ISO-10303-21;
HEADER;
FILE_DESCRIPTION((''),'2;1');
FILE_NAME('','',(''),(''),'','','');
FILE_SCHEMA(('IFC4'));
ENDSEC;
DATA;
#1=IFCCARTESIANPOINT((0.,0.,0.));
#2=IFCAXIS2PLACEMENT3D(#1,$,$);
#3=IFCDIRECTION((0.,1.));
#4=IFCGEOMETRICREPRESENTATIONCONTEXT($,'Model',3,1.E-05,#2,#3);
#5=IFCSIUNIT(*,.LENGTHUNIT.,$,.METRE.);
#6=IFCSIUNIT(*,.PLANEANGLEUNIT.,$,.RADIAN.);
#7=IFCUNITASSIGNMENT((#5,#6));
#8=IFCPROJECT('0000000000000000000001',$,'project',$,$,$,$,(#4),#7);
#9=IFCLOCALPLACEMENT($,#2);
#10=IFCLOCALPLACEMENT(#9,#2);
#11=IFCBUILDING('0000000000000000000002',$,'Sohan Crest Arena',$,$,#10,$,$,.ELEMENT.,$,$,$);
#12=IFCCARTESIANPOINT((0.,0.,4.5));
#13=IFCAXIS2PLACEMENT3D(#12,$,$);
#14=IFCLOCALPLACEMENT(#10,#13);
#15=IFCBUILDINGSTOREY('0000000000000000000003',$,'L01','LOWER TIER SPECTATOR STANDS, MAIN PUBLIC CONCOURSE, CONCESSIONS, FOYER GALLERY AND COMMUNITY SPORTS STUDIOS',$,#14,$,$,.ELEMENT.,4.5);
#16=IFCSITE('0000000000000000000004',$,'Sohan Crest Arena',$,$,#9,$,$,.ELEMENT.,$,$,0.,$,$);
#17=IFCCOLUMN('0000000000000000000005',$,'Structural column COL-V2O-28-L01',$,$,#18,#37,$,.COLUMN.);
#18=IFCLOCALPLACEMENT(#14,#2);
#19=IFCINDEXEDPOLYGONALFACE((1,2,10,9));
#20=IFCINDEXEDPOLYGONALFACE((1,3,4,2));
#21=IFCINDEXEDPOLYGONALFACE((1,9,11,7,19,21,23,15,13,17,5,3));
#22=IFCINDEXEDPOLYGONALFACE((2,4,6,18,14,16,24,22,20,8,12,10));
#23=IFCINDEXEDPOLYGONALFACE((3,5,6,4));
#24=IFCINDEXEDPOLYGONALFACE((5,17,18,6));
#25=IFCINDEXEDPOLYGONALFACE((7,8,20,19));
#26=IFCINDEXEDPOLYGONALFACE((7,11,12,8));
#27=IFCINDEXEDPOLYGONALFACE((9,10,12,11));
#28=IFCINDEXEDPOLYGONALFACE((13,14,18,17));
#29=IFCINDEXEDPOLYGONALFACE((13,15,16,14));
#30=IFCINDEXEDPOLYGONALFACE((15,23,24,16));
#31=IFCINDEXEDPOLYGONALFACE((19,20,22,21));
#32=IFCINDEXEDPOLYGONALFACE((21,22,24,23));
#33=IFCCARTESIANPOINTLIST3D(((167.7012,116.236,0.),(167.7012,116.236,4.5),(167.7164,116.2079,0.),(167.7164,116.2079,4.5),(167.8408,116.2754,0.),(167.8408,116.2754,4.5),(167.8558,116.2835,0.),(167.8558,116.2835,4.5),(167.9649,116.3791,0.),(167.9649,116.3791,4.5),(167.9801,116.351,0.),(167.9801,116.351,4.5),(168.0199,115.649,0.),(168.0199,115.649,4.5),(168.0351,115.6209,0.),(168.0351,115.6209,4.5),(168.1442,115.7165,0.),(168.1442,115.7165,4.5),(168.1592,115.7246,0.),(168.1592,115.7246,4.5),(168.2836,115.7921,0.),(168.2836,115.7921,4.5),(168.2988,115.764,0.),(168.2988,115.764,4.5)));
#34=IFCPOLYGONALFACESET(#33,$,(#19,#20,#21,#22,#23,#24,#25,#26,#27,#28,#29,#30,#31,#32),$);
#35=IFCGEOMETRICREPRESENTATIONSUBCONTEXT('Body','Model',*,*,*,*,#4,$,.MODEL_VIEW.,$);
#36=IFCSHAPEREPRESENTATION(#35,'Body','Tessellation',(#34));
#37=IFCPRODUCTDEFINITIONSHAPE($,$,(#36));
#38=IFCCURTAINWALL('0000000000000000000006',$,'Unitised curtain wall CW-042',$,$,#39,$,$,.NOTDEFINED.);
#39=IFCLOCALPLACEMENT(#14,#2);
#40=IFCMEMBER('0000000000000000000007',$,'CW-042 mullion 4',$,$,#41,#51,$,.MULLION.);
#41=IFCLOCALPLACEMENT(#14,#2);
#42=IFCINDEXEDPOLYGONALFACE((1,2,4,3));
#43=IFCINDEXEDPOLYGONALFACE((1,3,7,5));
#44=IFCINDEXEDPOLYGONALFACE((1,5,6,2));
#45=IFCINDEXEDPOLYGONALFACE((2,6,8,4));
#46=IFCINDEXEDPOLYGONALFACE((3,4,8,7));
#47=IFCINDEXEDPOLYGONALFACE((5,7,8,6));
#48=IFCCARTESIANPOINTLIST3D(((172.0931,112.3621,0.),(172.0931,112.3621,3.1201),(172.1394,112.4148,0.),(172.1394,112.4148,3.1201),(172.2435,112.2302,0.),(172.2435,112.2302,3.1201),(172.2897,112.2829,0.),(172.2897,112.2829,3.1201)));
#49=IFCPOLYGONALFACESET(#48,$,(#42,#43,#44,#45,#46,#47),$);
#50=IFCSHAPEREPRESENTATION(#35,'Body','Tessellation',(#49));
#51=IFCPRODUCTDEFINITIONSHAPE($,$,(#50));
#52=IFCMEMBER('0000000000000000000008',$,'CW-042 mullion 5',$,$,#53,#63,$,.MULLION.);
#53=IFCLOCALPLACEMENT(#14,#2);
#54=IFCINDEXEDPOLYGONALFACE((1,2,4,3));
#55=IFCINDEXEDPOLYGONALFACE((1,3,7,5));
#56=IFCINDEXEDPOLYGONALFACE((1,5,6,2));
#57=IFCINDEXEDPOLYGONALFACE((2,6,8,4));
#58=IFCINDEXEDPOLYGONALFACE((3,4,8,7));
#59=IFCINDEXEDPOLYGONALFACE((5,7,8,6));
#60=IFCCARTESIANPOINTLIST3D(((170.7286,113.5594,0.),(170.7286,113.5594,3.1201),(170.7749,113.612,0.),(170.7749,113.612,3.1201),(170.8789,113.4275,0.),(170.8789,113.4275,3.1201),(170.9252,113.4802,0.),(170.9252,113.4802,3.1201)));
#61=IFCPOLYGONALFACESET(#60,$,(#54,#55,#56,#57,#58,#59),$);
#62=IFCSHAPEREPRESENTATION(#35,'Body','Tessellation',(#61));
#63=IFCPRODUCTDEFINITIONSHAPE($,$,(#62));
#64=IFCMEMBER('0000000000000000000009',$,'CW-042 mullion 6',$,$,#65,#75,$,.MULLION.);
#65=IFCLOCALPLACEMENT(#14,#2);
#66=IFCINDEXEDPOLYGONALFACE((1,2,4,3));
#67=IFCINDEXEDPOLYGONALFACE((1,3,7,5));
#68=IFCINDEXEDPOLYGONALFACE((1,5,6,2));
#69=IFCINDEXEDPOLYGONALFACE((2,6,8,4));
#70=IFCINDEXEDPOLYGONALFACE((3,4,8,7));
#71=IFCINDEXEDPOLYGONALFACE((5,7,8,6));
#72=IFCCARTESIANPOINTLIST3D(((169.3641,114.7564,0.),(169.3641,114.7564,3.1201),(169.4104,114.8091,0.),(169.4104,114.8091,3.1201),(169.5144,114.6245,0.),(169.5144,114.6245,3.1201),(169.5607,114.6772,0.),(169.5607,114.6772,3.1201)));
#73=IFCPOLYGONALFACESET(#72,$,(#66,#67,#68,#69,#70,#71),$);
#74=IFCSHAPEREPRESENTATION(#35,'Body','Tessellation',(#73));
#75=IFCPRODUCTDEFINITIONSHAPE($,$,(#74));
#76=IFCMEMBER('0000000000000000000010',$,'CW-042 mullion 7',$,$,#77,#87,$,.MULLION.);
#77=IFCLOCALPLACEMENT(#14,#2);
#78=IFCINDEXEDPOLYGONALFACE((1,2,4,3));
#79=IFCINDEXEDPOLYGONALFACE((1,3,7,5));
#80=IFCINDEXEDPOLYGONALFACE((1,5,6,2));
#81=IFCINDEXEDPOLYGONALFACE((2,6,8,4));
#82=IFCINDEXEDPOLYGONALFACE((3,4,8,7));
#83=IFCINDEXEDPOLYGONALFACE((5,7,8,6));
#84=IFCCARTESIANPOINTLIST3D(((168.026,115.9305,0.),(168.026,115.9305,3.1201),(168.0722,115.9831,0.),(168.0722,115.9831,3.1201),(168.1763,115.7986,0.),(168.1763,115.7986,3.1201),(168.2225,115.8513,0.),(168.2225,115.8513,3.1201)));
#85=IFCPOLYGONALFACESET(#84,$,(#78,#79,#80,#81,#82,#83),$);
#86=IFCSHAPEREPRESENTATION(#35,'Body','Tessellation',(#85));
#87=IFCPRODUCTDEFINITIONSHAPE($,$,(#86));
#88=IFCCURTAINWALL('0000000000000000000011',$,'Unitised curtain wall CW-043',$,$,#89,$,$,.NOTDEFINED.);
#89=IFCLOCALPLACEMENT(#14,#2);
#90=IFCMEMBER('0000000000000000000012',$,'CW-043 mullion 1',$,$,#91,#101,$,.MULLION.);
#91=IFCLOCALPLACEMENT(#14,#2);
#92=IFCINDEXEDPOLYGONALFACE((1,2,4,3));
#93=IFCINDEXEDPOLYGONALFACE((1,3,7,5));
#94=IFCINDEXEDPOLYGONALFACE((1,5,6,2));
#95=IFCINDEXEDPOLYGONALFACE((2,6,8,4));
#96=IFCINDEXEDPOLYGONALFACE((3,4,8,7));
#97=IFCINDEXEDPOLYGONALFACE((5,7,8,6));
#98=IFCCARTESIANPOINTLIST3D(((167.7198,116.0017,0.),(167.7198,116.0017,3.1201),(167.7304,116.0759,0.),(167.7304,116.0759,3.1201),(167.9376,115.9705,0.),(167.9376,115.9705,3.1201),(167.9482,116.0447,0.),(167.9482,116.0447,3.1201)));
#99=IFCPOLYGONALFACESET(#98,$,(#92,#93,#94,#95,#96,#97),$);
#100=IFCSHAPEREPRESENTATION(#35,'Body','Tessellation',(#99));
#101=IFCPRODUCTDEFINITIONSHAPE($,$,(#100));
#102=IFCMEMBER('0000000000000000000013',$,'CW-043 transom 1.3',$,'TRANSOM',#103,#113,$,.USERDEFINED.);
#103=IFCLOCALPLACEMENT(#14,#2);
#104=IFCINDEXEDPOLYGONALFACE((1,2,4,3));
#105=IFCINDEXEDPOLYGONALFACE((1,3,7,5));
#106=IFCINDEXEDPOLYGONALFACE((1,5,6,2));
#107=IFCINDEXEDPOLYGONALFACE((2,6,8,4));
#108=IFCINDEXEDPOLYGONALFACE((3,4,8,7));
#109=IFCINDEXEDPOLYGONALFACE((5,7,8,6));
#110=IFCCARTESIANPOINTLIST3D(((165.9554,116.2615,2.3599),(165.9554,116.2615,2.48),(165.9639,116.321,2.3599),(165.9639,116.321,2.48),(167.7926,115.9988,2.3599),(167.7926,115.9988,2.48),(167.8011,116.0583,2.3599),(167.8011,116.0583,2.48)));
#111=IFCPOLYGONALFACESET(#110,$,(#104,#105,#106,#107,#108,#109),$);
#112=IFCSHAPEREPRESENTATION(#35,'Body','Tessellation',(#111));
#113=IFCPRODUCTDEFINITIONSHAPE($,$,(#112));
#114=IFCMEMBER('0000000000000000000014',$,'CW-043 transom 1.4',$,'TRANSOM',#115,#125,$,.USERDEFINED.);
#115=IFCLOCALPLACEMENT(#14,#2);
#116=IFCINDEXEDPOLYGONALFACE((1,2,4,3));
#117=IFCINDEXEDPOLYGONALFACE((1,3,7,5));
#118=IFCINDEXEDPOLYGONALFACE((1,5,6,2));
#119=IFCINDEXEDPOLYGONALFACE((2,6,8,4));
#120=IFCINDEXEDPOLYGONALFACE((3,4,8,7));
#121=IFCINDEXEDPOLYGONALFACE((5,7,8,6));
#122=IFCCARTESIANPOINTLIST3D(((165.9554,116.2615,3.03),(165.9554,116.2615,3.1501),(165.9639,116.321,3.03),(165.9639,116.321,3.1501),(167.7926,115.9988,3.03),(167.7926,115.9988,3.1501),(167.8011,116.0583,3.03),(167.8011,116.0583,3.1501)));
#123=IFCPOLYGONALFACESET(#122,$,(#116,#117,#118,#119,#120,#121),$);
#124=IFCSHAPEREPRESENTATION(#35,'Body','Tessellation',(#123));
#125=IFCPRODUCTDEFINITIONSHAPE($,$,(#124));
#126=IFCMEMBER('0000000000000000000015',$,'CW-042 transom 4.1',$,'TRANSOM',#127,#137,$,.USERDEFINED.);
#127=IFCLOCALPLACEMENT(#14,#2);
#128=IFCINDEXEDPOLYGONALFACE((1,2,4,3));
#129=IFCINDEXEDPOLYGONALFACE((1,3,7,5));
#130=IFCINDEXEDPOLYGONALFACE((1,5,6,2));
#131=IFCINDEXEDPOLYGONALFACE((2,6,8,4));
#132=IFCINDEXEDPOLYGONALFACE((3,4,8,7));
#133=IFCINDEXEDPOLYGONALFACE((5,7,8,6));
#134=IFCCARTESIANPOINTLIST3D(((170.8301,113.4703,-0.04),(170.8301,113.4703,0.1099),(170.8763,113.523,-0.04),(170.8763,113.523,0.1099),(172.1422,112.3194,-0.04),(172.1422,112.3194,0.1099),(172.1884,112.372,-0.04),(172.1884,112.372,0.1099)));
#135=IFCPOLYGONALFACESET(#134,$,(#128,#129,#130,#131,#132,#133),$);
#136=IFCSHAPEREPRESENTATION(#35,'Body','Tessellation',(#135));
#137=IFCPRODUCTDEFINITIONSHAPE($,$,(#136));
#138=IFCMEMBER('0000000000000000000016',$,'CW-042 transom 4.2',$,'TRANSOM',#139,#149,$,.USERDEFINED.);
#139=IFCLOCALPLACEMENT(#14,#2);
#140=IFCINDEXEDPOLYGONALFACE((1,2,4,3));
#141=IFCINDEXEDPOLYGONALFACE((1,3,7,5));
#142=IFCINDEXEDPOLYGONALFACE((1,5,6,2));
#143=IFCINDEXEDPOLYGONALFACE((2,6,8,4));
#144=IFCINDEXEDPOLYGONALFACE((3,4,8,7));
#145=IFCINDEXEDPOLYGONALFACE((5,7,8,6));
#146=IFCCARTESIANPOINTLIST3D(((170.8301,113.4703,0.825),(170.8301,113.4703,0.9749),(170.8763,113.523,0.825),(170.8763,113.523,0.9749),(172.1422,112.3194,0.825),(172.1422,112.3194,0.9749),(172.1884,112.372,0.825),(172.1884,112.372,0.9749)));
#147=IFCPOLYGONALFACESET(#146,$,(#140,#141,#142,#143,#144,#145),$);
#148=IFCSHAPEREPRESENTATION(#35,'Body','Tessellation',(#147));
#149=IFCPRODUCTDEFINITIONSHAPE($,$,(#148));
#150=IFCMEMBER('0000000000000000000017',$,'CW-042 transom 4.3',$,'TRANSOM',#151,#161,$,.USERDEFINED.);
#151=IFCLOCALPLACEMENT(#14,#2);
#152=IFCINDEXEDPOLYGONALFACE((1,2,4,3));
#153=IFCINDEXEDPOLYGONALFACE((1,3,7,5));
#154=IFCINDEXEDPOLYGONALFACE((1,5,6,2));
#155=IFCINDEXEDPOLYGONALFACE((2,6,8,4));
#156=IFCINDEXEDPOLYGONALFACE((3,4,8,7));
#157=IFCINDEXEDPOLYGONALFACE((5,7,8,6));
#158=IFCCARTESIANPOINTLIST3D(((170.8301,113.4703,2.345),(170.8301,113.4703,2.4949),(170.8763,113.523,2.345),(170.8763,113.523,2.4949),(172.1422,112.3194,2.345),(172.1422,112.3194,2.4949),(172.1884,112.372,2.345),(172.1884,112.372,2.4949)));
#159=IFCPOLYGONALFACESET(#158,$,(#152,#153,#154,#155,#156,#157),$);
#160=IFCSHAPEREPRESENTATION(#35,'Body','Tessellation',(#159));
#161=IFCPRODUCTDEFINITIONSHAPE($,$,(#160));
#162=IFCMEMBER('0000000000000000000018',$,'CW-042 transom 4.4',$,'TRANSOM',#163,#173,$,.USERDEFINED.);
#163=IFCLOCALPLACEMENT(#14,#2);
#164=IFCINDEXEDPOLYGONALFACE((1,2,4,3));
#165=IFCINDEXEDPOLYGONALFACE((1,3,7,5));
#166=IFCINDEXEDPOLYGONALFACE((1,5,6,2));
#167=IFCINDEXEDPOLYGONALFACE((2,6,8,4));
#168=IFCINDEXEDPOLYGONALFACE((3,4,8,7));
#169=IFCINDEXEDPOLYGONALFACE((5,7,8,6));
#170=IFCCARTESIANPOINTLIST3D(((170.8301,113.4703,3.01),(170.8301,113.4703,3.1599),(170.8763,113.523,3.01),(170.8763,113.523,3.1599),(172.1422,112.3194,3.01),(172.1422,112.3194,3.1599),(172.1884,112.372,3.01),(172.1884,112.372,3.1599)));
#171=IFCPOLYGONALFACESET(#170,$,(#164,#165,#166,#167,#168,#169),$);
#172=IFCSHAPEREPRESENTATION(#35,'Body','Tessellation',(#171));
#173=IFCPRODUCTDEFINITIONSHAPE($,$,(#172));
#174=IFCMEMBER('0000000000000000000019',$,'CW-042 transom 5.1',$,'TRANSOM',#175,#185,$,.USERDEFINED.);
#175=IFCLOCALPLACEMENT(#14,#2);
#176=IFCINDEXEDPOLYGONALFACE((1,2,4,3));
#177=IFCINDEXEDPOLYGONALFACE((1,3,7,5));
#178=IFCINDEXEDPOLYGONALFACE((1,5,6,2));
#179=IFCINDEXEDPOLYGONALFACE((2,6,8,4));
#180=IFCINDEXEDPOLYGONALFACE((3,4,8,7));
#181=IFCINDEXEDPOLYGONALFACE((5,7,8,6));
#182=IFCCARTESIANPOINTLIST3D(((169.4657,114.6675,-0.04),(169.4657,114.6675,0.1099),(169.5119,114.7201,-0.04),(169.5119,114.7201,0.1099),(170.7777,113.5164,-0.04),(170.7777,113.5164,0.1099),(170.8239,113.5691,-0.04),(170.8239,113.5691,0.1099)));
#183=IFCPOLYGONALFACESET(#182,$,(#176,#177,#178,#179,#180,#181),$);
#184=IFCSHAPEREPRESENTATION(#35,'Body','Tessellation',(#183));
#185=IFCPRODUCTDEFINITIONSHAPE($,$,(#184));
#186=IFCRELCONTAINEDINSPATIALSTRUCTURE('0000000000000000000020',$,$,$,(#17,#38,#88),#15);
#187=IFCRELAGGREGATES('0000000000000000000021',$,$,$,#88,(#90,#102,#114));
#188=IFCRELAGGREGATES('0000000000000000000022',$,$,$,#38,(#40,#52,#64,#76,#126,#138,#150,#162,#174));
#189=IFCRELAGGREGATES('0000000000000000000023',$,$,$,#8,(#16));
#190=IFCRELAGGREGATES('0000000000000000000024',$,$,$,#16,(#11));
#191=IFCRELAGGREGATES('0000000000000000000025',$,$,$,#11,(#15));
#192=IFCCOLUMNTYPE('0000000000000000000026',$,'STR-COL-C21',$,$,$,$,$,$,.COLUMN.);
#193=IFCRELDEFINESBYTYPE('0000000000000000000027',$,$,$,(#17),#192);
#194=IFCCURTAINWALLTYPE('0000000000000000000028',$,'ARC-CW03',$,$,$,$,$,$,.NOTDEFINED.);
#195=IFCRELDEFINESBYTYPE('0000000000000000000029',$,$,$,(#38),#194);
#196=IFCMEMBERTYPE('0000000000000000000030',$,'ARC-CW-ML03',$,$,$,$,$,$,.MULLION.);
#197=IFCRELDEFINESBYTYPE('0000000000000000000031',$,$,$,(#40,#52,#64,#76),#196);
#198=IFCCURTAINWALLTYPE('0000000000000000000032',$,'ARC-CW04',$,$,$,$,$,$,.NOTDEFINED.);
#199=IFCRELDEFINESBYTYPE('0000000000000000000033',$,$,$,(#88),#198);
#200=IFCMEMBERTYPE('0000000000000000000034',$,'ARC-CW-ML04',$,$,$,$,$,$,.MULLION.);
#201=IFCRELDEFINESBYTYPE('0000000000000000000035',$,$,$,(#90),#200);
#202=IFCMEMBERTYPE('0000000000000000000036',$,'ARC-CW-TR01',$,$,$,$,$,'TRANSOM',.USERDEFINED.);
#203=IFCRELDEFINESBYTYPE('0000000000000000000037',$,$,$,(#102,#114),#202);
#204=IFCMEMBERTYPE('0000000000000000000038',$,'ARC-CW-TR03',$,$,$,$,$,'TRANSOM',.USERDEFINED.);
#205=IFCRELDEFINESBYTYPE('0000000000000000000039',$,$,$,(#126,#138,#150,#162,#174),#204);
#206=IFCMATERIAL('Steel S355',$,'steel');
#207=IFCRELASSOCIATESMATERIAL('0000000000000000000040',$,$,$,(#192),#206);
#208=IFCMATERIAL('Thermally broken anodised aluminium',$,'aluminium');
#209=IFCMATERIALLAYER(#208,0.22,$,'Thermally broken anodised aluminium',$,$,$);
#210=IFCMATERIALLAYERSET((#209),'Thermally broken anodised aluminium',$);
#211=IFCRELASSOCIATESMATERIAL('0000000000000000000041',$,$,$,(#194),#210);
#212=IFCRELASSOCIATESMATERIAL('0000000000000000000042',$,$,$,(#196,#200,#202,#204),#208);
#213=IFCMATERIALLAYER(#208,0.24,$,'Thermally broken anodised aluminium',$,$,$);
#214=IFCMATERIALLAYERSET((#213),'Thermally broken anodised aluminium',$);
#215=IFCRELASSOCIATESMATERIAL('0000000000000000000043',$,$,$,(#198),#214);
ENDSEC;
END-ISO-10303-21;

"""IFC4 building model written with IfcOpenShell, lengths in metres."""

from ifc_helpers import new_model, si_unit, direction, frame, origin, origin_2d, place, context, subcontext, project, spatial, rectangle, i_section, extrude, material, layer, layer_set, material_profile, profile_set, type_object, element, aggregate, save


model = new_model("IFC4")

# Units and contexts
model_context = context("Model", 3, precision=1e-05, world=origin(), true_north=direction((0.0, 1.0)))
body_context = subcontext(model_context, "Body", "Model", "MODEL_VIEW")
ifc_project = project(units=[si_unit("LENGTHUNIT", "METRE"), si_unit("PLANEANGLEUNIT", "RADIAN")], contexts=[model_context])

# Site, building, storey
site_placement = place(None, origin())
site = spatial("IfcSite", under=ifc_project, at=site_placement, Name="Sohan Crest Arena", CompositionType="ELEMENT", RefElevation=0.0)
building_placement = place(site_placement, origin())
building = spatial("IfcBuilding", under=site, at=building_placement, Name="Sohan Crest Arena", CompositionType="ELEMENT")
storey_placement = place(building_placement, frame((0.0, 0.0, 4.5)))
storey = spatial("IfcBuildingStorey", under=building, at=storey_placement, Name="L01", Description="LOWER TIER SPECTATOR STANDS, MAIN PUBLIC CONCOURSE, CONCESSIONS, FOYER GALLERY AND COMMUNITY SPORTS STUDIOS", CompositionType="ELEMENT", Elevation=4.5)

# Column
ifc_material_1 = material(Name="Steel S355", Category="steel")
ifc_material_profile_1 = material_profile(ifc_material_1, i_section(OverallWidth=0.3, OverallDepth=0.7, WebThickness=0.0171, FlangeThickness=0.032, at=origin_2d()), Name="HEB 700")
ifc_profile_set_1 = profile_set([ifc_material_profile_1], Name="Steel S355")
column_type = type_object("IfcColumnType", Name="STR-COL-C21", PredefinedType="COLUMN", material=ifc_profile_set_1)
column_placement = place(storey_placement, frame((168.0, 116.0, 0.0), z_axis=(0.0, 0.0, 1.0), x_axis=(0.878817, 0.477159, 0.0)))
element("IfcColumn", 1, at=column_placement, inside=storey, type_object=column_type, Name="Structural column COL-V2O-28-L01", PredefinedType="COLUMN", context=body_context, shape_type="SweptSolid", body=[
    extrude(i_section(OverallWidth=0.3, OverallDepth=0.7, WebThickness=0.0171, FlangeThickness=0.032, at=origin_2d()), origin(), (0.0, 0.0, 1.0), 4.5),
])

# Curtain walls, members
ifc_material_2 = material(Name="Thermally broken anodised aluminium", Category="aluminium")
ifc_layer_1 = layer(ifc_material_2, 0.22, Name="Thermally broken anodised aluminium")
ifc_layer_set_1 = layer_set([ifc_layer_1], Name="Thermally broken anodised aluminium")
curtain_wall_type_1 = type_object("IfcCurtainWallType", Name="ARC-CW03", PredefinedType="NOTDEFINED", material=ifc_layer_set_1)
curtain_wall_1_placement = place(storey_placement, origin())
curtain_wall_1 = element("IfcCurtainWall", 2, at=curtain_wall_1_placement, inside=storey, type_object=curtain_wall_type_1, Name="Unitised curtain wall CW-042", PredefinedType="NOTDEFINED")
ifc_material_profile_2 = material_profile(ifc_material_2, rectangle(XDim=0.0701, YDim=0.2, at=origin_2d()), Name="ALU-MULL 70x200")
ifc_profile_set_2 = profile_set([ifc_material_profile_2], Name="Thermally broken anodised aluminium")
member_type_1 = type_object("IfcMemberType", Name="ARC-CW-ML03", PredefinedType="MULLION", material=ifc_profile_set_2)
member_1_placement = place(storey_placement, frame((172.1914, 112.3225, 0.0), z_axis=(0.0, 0.0, 1.0), x_axis=(-0.659512, -0.751694, 0.0)))
member_1 = element("IfcMember", 3, at=member_1_placement, type_object=member_type_1, Name="CW-042 mullion 4", PredefinedType="MULLION", context=body_context, shape_type="SweptSolid", body=[
    extrude(rectangle(XDim=0.0701, YDim=0.2, at=origin_2d()), origin(), (0.0, 0.0, 1.0), 3.1201),
])
member_2_placement = place(storey_placement, frame((170.8269, 113.5198, 0.0), z_axis=(0.0, 0.0, 1.0), x_axis=(-0.659512, -0.751694, 0.0)))
member_2 = element("IfcMember", 4, at=member_2_placement, type_object=member_type_1, Name="CW-042 mullion 5", PredefinedType="MULLION", context=body_context, shape_type="SweptSolid", body=[
    extrude(rectangle(XDim=0.0701, YDim=0.2, at=origin_2d()), origin(), (0.0, 0.0, 1.0), 3.1201),
])
member_3_placement = place(storey_placement, frame((169.4624, 114.7168, 0.0), z_axis=(0.0, 0.0, 1.0), x_axis=(-0.659512, -0.751694, 0.0)))
member_3 = element("IfcMember", 5, at=member_3_placement, type_object=member_type_1, Name="CW-042 mullion 6", PredefinedType="MULLION", context=body_context, shape_type="SweptSolid", body=[
    extrude(rectangle(XDim=0.0701, YDim=0.2, at=origin_2d()), origin(), (0.0, 0.0, 1.0), 3.1201),
])
member_4_placement = place(storey_placement, frame((168.1243, 115.8909, 0.0), z_axis=(0.0, 0.0, 1.0), x_axis=(-0.659512, -0.751694, 0.0)))
member_4 = element("IfcMember", 6, at=member_4_placement, type_object=member_type_1, Name="CW-042 mullion 7", PredefinedType="MULLION", context=body_context, shape_type="SweptSolid", body=[
    extrude(rectangle(XDim=0.0701, YDim=0.2, at=origin_2d()), origin(), (0.0, 0.0, 1.0), 3.1201),
])
ifc_layer_2 = layer(ifc_material_2, 0.24, Name="Thermally broken anodised aluminium")
ifc_layer_set_2 = layer_set([ifc_layer_2], Name="Thermally broken anodised aluminium")
curtain_wall_type_2 = type_object("IfcCurtainWallType", Name="ARC-CW04", PredefinedType="NOTDEFINED", material=ifc_layer_set_2)
curtain_wall_2_placement = place(storey_placement, origin())
curtain_wall_2 = element("IfcCurtainWall", 7, at=curtain_wall_2_placement, inside=storey, type_object=curtain_wall_type_2, Name="Unitised curtain wall CW-043", PredefinedType="NOTDEFINED")
ifc_material_profile_3 = material_profile(ifc_material_2, rectangle(XDim=0.075, YDim=0.22, at=origin_2d()), Name="ALU-MULL 75x220")
ifc_profile_set_3 = profile_set([ifc_material_profile_3], Name="Thermally broken anodised aluminium")
member_type_2 = type_object("IfcMemberType", Name="ARC-CW-ML04", PredefinedType="MULLION", material=ifc_profile_set_3)
member_5_placement = place(storey_placement, frame((167.834, 116.0232, 0.0), z_axis=(0.0, 0.0, 1.0), x_axis=(-0.141549, -0.989931, 0.0)))
member_5 = element("IfcMember", 8, at=member_5_placement, type_object=member_type_2, Name="CW-043 mullion 1", PredefinedType="MULLION", context=body_context, shape_type="SweptSolid", body=[
    extrude(rectangle(XDim=0.075, YDim=0.22, at=origin_2d()), origin(), (0.0, 0.0, 1.0), 3.1201),
])
ifc_material_profile_4 = material_profile(ifc_material_2, rectangle(XDim=0.0601, YDim=0.1201, at=origin_2d()), Name="ALU-TRAN 60x120")
ifc_profile_set_4 = profile_set([ifc_material_profile_4], Name="Thermally broken anodised aluminium")
member_type_3 = type_object("IfcMemberType", Name="ARC-CW-TR01", ElementType="TRANSOM", PredefinedType="USERDEFINED", material=ifc_profile_set_4)
member_6_placement = place(storey_placement, frame((167.7969, 116.0286, 2.4199), z_axis=(-0.989931, 0.14155, 0.0), x_axis=(-0.14155, -0.989931, 0.0)))
member_6 = element("IfcMember", 9, at=member_6_placement, type_object=member_type_3, Name="CW-043 transom 1.3", ObjectType="TRANSOM", PredefinedType="USERDEFINED", context=body_context, shape_type="SweptSolid", body=[
    extrude(rectangle(XDim=0.0601, YDim=0.1201, at=origin_2d()), origin(), (0.0, 0.0, 1.0), 1.856),
])
member_7_placement = place(storey_placement, frame((167.7969, 116.0286, 3.0901), z_axis=(-0.989931, 0.14155, 0.0), x_axis=(-0.14155, -0.989931, 0.0)))
member_7 = element("IfcMember", 10, at=member_7_placement, type_object=member_type_3, Name="CW-043 transom 1.4", ObjectType="TRANSOM", PredefinedType="USERDEFINED", context=body_context, shape_type="SweptSolid", body=[
    extrude(rectangle(XDim=0.0601, YDim=0.1201, at=origin_2d()), origin(), (0.0, 0.0, 1.0), 1.856),
])
aggregate(curtain_wall_2, [member_5, member_6, member_7])

# Members
ifc_material_profile_5 = material_profile(ifc_material_2, rectangle(XDim=0.0701, YDim=0.1499, at=origin_2d()), Name="ALU-TRAN 70x150")
ifc_profile_set_5 = profile_set([ifc_material_profile_5], Name="Thermally broken anodised aluminium")
member_type_4 = type_object("IfcMemberType", Name="ARC-CW-TR03", ElementType="TRANSOM", PredefinedType="USERDEFINED", material=ifc_profile_set_5)
member_8_placement = place(storey_placement, frame((172.1653, 112.3457, 0.0349), z_axis=(-0.751762, 0.659435, 0.0), x_axis=(-0.659435, -0.751762, 0.0)))
member_8 = element("IfcMember", 11, at=member_8_placement, type_object=member_type_4, Name="CW-042 transom 4.1", ObjectType="TRANSOM", PredefinedType="USERDEFINED", context=body_context, shape_type="SweptSolid", body=[
    extrude(rectangle(XDim=0.0701, YDim=0.1499, at=origin_2d()), origin(), (0.0, 0.0, 1.0), 1.7454),
])
member_9_placement = place(storey_placement, frame((172.1653, 112.3457, 0.8999), z_axis=(-0.751762, 0.659435, 0.0), x_axis=(-0.659435, -0.751762, 0.0)))
member_9 = element("IfcMember", 12, at=member_9_placement, type_object=member_type_4, Name="CW-042 transom 4.2", ObjectType="TRANSOM", PredefinedType="USERDEFINED", context=body_context, shape_type="SweptSolid", body=[
    extrude(rectangle(XDim=0.0701, YDim=0.1499, at=origin_2d()), origin(), (0.0, 0.0, 1.0), 1.7454),
])
member_10_placement = place(storey_placement, frame((172.1653, 112.3457, 2.4199), z_axis=(-0.751762, 0.659435, 0.0), x_axis=(-0.659435, -0.751762, 0.0)))
member_10 = element("IfcMember", 13, at=member_10_placement, type_object=member_type_4, Name="CW-042 transom 4.3", ObjectType="TRANSOM", PredefinedType="USERDEFINED", context=body_context, shape_type="SweptSolid", body=[
    extrude(rectangle(XDim=0.0701, YDim=0.1499, at=origin_2d()), origin(), (0.0, 0.0, 1.0), 1.7454),
])
member_11_placement = place(storey_placement, frame((172.1653, 112.3457, 3.085), z_axis=(-0.751762, 0.659435, 0.0), x_axis=(-0.659435, -0.751762, 0.0)))
member_11 = element("IfcMember", 14, at=member_11_placement, type_object=member_type_4, Name="CW-042 transom 4.4", ObjectType="TRANSOM", PredefinedType="USERDEFINED", context=body_context, shape_type="SweptSolid", body=[
    extrude(rectangle(XDim=0.0701, YDim=0.1499, at=origin_2d()), origin(), (0.0, 0.0, 1.0), 1.7454),
])
member_12_placement = place(storey_placement, frame((170.8008, 113.5427, 0.0349), z_axis=(-0.751692, 0.659514, 0.0), x_axis=(-0.659514, -0.751692, 0.0)))
member_12 = element("IfcMember", 15, at=member_12_placement, type_object=member_type_4, Name="CW-042 transom 5.1", ObjectType="TRANSOM", PredefinedType="USERDEFINED", context=body_context, shape_type="SweptSolid", body=[
    extrude(rectangle(XDim=0.0701, YDim=0.1499, at=origin_2d()), origin(), (0.0, 0.0, 1.0), 1.7454),
])

aggregate(curtain_wall_1, [member_1, member_2, member_3, member_4, member_8, member_9, member_10, member_11, member_12])

save(model, "model.ifc")
